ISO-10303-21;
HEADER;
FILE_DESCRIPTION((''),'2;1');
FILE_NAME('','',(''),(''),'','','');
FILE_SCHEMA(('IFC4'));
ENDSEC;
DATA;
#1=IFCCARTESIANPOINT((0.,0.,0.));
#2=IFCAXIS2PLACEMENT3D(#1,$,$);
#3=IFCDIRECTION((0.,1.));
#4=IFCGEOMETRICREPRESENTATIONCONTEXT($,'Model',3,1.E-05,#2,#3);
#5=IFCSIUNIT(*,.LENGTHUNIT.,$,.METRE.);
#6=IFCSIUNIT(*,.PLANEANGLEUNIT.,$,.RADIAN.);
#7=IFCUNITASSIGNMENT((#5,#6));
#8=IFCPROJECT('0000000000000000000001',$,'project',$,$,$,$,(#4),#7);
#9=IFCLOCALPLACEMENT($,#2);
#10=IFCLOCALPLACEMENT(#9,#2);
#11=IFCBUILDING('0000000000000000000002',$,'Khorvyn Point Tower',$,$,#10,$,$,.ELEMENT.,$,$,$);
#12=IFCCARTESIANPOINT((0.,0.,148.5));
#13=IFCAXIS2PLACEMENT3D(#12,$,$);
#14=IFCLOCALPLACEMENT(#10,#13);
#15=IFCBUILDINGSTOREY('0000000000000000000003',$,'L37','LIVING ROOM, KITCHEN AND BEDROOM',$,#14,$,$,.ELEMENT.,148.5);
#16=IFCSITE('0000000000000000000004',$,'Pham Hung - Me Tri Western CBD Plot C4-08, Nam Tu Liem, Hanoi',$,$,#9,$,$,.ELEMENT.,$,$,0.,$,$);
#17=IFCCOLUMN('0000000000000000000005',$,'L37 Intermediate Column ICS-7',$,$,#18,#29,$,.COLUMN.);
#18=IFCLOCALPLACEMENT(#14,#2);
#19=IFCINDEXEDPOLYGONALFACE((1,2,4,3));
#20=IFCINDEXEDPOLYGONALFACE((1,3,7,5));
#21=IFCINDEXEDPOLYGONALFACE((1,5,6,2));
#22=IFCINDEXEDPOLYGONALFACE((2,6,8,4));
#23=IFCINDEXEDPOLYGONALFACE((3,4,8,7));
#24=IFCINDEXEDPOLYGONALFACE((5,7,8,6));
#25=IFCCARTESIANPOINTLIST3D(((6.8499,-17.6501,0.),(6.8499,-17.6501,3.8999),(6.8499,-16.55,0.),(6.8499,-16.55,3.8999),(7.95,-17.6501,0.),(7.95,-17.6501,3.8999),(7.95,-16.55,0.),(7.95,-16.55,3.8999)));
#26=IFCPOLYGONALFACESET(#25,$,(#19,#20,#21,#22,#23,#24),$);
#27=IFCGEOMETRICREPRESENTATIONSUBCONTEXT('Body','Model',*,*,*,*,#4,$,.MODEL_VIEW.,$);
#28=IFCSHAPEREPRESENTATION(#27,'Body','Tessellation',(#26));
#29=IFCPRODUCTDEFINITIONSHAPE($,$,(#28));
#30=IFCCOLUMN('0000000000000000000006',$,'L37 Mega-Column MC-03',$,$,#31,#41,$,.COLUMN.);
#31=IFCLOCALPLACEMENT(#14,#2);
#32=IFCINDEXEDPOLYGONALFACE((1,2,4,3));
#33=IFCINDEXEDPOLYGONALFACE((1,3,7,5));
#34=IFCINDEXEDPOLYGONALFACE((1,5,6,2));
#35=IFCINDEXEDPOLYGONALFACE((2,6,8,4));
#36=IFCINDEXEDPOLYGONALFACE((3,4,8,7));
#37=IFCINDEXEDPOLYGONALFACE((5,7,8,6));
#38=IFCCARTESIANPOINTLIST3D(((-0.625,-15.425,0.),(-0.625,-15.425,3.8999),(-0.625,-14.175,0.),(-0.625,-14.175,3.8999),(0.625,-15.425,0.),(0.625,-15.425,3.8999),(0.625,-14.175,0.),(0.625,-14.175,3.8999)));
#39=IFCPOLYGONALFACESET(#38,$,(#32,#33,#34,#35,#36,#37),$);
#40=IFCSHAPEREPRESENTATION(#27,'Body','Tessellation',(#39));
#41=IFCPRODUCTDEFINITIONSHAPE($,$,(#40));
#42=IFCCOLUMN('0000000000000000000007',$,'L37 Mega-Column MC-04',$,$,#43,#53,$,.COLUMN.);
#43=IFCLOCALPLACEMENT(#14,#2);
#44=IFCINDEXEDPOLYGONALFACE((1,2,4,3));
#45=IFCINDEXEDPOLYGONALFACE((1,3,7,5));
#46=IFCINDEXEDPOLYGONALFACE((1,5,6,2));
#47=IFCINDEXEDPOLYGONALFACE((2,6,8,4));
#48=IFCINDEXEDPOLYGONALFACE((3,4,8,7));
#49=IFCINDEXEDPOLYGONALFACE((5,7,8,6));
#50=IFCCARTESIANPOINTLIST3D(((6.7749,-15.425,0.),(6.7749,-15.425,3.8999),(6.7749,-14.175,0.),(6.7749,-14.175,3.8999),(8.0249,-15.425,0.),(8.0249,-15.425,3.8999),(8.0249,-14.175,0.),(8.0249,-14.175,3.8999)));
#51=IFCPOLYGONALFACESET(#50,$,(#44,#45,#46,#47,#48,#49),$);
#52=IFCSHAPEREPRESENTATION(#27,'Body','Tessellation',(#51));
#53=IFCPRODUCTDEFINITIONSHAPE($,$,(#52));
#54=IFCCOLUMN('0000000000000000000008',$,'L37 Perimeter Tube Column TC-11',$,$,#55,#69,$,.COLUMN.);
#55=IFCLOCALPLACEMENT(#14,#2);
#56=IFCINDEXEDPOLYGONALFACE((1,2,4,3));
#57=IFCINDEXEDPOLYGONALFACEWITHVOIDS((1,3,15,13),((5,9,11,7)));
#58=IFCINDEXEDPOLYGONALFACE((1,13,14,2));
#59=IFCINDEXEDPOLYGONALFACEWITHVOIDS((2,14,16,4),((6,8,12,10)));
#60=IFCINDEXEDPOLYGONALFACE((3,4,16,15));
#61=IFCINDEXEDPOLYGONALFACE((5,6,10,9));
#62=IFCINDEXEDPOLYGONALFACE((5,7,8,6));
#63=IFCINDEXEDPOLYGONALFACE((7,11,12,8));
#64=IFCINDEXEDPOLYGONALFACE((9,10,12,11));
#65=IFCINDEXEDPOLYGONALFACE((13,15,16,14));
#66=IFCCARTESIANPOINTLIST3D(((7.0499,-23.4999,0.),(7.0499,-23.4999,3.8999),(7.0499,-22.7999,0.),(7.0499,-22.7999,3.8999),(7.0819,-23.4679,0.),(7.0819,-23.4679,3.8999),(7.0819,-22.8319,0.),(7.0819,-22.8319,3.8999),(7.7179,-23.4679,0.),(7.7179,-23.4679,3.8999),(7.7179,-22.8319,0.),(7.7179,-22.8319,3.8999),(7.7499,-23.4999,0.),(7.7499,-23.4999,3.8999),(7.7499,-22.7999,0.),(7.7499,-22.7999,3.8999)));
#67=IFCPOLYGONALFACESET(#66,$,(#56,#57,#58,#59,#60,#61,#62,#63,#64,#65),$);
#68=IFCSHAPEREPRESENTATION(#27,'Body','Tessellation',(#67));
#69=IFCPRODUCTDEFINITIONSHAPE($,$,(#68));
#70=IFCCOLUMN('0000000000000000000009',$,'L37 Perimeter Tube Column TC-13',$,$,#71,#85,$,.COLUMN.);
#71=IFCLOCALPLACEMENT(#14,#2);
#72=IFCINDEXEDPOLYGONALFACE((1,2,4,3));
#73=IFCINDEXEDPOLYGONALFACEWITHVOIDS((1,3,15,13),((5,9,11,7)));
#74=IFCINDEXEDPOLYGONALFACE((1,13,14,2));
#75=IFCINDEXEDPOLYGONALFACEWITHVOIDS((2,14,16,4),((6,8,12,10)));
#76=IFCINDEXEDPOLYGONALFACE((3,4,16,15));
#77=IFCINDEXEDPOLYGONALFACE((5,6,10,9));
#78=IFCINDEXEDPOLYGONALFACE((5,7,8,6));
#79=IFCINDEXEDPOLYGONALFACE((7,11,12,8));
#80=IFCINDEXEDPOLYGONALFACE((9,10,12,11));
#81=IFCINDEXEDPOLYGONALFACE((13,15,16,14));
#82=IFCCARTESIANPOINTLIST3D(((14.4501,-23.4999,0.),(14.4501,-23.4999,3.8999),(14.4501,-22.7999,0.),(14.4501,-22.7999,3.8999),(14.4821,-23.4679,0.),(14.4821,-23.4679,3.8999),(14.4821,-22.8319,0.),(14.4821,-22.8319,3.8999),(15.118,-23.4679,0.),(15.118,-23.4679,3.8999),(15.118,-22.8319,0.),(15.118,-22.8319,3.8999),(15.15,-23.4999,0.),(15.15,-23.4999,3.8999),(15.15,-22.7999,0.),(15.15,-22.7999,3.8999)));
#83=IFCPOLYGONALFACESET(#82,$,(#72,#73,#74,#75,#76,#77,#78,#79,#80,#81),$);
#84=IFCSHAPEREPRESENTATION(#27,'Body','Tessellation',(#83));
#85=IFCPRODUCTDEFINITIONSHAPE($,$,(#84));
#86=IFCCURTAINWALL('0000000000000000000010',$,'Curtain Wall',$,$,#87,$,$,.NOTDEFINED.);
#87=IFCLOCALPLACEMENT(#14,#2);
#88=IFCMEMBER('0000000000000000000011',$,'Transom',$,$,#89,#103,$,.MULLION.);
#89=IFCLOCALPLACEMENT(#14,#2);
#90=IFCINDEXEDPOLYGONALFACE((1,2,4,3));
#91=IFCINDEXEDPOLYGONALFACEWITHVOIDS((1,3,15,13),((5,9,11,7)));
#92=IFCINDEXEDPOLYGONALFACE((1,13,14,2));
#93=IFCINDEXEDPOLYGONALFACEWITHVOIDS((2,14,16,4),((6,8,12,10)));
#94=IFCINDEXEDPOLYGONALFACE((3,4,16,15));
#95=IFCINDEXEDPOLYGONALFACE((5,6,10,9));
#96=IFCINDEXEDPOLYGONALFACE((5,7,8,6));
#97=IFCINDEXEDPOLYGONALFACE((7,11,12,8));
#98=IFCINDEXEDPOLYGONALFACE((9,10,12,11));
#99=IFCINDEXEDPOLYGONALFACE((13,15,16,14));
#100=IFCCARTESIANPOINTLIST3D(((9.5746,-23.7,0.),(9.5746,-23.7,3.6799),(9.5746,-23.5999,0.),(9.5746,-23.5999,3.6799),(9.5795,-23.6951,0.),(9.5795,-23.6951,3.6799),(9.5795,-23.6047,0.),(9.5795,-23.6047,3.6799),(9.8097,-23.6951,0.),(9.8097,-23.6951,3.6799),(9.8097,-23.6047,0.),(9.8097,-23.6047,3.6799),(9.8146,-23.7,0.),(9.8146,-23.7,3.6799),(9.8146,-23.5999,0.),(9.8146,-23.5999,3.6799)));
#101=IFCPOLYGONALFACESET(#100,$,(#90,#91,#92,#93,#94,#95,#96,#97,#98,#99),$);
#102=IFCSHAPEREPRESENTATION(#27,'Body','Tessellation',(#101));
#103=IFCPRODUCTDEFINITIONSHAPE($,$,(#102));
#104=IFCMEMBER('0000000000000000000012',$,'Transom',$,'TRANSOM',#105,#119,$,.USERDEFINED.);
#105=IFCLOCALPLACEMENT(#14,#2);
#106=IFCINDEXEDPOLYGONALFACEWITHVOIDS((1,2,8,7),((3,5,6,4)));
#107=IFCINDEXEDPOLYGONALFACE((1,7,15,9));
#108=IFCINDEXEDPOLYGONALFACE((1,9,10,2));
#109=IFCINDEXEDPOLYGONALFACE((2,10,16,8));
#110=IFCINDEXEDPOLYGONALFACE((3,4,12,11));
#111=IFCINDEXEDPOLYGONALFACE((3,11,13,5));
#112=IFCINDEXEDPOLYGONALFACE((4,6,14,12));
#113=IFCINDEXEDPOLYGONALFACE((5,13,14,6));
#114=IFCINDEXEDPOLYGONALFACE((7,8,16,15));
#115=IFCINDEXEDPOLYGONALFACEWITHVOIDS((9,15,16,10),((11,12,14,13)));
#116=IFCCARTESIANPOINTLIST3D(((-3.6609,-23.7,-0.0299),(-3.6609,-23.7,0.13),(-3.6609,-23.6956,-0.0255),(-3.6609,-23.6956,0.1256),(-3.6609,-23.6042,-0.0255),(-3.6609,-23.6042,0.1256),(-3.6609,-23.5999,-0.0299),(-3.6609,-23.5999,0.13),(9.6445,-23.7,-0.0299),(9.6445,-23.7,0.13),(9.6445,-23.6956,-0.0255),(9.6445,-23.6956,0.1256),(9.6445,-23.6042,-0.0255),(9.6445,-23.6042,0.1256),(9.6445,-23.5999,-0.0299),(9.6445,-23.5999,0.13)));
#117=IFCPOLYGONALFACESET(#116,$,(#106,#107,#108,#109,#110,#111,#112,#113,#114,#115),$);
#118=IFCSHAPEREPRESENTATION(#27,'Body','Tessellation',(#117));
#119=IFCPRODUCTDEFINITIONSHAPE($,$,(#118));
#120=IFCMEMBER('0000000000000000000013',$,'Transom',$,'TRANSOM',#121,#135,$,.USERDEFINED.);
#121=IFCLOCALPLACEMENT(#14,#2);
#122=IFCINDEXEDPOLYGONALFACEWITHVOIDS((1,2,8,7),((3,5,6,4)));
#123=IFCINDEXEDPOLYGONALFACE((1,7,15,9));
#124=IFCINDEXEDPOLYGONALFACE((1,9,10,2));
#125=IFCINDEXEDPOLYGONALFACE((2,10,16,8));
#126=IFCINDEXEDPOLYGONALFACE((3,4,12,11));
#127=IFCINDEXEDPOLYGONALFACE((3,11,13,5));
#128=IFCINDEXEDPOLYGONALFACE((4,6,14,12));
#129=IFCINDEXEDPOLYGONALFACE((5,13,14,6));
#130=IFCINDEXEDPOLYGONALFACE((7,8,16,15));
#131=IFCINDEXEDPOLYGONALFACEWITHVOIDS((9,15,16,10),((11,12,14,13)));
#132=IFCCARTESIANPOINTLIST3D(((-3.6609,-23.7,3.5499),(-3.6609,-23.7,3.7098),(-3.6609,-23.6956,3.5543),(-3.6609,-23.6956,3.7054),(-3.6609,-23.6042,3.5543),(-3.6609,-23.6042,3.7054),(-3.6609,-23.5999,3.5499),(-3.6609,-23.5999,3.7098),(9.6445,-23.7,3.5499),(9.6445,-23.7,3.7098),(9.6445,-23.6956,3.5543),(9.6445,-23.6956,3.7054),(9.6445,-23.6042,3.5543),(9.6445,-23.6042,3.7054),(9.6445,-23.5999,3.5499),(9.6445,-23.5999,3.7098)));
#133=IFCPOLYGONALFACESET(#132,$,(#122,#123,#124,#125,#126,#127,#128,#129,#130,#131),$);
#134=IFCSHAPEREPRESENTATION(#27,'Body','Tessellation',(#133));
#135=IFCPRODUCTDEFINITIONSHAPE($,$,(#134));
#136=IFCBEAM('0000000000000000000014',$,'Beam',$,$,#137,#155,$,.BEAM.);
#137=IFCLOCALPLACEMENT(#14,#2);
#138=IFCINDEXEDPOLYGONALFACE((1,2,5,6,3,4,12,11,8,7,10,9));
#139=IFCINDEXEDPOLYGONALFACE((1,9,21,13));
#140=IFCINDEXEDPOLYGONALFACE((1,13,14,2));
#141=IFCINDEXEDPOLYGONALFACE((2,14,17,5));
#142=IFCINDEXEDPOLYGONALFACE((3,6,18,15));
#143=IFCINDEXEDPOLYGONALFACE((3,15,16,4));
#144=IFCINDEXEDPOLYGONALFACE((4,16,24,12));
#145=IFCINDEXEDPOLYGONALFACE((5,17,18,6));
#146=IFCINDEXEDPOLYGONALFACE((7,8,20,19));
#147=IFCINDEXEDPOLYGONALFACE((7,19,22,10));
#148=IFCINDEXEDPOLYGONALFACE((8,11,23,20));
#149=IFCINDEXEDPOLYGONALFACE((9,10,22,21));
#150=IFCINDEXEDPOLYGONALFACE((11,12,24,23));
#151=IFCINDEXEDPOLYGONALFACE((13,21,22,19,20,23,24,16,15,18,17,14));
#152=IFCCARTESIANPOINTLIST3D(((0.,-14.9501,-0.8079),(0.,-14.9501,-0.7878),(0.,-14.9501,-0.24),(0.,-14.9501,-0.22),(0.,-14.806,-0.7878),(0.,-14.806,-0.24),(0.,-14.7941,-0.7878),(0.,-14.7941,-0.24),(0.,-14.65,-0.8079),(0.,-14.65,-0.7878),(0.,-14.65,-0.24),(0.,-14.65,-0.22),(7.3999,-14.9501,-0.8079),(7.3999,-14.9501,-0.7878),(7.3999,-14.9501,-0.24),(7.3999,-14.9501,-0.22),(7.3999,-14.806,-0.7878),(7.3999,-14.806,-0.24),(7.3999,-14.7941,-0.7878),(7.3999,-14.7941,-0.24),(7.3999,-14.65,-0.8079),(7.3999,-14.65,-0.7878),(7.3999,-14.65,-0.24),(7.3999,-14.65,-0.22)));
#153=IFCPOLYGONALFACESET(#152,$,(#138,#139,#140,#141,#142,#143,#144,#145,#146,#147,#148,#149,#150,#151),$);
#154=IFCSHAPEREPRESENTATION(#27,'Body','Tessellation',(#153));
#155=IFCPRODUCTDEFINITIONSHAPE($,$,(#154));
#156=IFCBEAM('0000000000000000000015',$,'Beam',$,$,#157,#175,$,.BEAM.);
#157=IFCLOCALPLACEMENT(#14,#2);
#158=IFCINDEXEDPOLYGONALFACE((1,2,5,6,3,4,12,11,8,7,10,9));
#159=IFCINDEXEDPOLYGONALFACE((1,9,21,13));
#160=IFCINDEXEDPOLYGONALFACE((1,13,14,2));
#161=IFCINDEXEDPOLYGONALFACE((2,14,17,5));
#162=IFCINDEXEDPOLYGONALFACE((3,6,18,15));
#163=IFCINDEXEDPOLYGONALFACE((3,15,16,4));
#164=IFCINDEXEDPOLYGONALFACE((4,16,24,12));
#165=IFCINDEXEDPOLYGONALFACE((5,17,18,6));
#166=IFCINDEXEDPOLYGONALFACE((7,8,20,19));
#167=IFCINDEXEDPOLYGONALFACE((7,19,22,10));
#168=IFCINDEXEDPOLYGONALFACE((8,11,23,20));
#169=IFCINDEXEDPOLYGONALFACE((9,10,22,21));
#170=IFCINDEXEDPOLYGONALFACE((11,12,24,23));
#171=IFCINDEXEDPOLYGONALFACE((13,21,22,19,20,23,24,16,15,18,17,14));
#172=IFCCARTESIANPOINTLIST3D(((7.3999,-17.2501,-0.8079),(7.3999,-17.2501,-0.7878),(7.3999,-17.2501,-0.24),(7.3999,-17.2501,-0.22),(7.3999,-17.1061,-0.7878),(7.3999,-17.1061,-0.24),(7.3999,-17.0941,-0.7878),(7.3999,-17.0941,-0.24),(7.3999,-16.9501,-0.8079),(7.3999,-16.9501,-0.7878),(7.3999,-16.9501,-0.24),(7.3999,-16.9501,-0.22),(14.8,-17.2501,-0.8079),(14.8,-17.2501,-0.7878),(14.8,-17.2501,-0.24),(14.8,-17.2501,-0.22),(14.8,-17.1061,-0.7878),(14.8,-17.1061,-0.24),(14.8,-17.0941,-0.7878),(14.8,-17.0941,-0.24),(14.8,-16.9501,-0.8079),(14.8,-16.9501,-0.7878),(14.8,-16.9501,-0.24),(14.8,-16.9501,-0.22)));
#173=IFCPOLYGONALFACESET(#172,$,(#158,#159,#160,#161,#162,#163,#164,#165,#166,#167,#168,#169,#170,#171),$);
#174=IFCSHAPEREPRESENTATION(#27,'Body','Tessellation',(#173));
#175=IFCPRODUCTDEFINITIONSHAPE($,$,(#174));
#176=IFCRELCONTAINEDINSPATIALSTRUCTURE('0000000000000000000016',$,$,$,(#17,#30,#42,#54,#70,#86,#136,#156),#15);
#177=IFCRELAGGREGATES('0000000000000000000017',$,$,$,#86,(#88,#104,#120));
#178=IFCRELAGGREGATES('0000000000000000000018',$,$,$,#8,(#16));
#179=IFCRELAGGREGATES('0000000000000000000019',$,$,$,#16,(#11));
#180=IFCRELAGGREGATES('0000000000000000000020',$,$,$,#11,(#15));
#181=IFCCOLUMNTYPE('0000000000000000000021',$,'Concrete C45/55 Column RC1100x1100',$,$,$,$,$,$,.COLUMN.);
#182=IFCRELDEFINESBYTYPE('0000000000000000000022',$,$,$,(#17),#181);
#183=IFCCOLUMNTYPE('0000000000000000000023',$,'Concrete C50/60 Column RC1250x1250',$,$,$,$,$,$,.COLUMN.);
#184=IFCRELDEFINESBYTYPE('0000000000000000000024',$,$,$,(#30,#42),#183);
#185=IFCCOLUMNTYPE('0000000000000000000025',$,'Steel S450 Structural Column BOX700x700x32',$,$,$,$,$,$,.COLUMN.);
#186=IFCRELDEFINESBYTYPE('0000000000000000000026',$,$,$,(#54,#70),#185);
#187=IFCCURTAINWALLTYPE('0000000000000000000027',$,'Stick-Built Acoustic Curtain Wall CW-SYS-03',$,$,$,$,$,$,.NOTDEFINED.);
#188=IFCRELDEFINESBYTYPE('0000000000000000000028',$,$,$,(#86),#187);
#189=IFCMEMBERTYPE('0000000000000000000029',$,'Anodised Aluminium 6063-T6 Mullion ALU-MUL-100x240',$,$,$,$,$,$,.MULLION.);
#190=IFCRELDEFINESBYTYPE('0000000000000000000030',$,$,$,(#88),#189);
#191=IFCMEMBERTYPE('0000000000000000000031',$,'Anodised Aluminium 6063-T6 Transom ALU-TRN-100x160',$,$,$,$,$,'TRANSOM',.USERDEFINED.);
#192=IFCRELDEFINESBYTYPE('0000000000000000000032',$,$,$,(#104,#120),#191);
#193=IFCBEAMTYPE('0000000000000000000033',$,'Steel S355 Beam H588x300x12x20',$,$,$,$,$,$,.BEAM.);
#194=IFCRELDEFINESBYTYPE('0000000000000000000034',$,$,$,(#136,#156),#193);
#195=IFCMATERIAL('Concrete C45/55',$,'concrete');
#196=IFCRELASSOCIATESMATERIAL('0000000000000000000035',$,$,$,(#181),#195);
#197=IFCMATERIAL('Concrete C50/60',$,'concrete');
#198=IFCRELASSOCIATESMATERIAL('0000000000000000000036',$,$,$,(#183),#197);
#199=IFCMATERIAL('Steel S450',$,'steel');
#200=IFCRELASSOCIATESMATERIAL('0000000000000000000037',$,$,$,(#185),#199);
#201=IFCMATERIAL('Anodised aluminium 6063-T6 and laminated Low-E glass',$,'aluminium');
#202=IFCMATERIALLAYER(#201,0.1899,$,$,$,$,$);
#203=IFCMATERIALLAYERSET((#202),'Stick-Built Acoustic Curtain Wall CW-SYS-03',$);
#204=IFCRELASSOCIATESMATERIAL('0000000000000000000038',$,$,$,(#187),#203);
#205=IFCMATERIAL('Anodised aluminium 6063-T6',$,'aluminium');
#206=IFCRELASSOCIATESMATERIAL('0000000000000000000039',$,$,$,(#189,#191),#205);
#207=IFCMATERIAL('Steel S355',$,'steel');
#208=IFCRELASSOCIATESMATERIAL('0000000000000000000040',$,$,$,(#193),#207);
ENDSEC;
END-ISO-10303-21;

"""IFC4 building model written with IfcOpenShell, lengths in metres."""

from ifc_helpers import new_model, si_unit, direction, frame, origin, origin_2d, place, context, subcontext, project, spatial, rectangle, hollow_rectangle, i_section, extrude, material, layer, layer_set, material_profile, profile_set, type_object, element, aggregate, save


model = new_model("IFC4")

# Units and contexts
model_context = context("Model", 3, precision=1e-05, world=origin(), true_north=direction((0.0, 1.0)))
body_context = subcontext(model_context, "Body", "Model", "MODEL_VIEW")
ifc_project = project(units=[si_unit("LENGTHUNIT", "METRE"), si_unit("PLANEANGLEUNIT", "RADIAN")], contexts=[model_context])

# Site, building, storey
site_placement = place(None, origin())
site = spatial("IfcSite", under=ifc_project, at=site_placement, Name="Pham Hung - Me Tri Western CBD Plot C4-08, Nam Tu Liem, Hanoi", CompositionType="ELEMENT", RefElevation=0.0)
building_placement = place(site_placement, origin())
building = spatial("IfcBuilding", under=site, at=building_placement, Name="Khorvyn Point Tower", CompositionType="ELEMENT")
storey_placement = place(building_placement, frame((0.0, 0.0, 148.5)))
storey = spatial("IfcBuildingStorey", under=building, at=storey_placement, Name="L37", Description="LIVING ROOM, KITCHEN AND BEDROOM", CompositionType="ELEMENT", Elevation=148.5)

# Columns
ifc_material_1 = material(Name="Concrete C45/55", Category="concrete")
ifc_material_profile_1 = material_profile(ifc_material_1, rectangle(XDim=1.1001, YDim=1.1001, at=origin_2d()))
ifc_profile_set_1 = profile_set([ifc_material_profile_1], Name="Concrete C45/55 RC1100x1100")
column_type_1 = type_object("IfcColumnType", Name="Concrete C45/55 Column RC1100x1100", PredefinedType="COLUMN", material=ifc_profile_set_1)
column_placement = place(storey_placement, frame((7.3999, -17.1001, 0.0), z_axis=(0.0, 0.0, 1.0), x_axis=(1.0, 0.0, 0.0)))
element("IfcColumn", 1, at=column_placement, inside=storey, type_object=column_type_1, Name="L37 Intermediate Column ICS-7", PredefinedType="COLUMN", context=body_context, shape_type="SweptSolid", body=[
    extrude(rectangle(XDim=1.1001, YDim=1.1001, at=origin_2d()), origin(), (0.0, 0.0, 1.0), 3.8999),
])
ifc_material_2 = material(Name="Concrete C50/60", Category="concrete")
ifc_material_profile_2 = material_profile(ifc_material_2, rectangle(XDim=1.25, YDim=1.25, at=origin_2d()))
ifc_profile_set_2 = profile_set([ifc_material_profile_2], Name="Concrete C50/60 RC1250x1250")
column_type_2 = type_object("IfcColumnType", Name="Concrete C50/60 Column RC1250x1250", PredefinedType="COLUMN", material=ifc_profile_set_2)
for number, where, z_axis, x_axis, name in (
    (2, (0.0, -14.8, 0.0), (0.0, 0.0, 1.0), (1.0, 0.0, 0.0), "L37 Mega-Column MC-03"),
    (3, (7.3999, -14.8, 0.0), (0.0, 0.0, 1.0), (1.0, 0.0, 0.0), "L37 Mega-Column MC-04"),
):
    element("IfcColumn", number, at=place(storey_placement, frame(where, z_axis=z_axis, x_axis=x_axis)), inside=storey, type_object=column_type_2, Name=name, PredefinedType="COLUMN", context=body_context, shape_type="SweptSolid", body=[
        extrude(rectangle(XDim=1.25, YDim=1.25, at=origin_2d()), origin(), (0.0, 0.0, 1.0), 3.8999),
    ])
ifc_material_3 = material(Name="Steel S450", Category="steel")
ifc_material_profile_3 = material_profile(ifc_material_3, hollow_rectangle(XDim=0.7, YDim=0.7, WallThickness=0.032, at=origin_2d()))
ifc_profile_set_3 = profile_set([ifc_material_profile_3], Name="Steel S450 BOX700x700x32")
column_type_3 = type_object("IfcColumnType", Name="Steel S450 Structural Column BOX700x700x32", PredefinedType="COLUMN", material=ifc_profile_set_3)
for number, where, z_axis, x_axis, name in (
    (4, (7.3999, -23.1499, 0.0), (0.0, 0.0, 1.0), (1.0, 0.0, 0.0), "L37 Perimeter Tube Column TC-11"),
    (5, (14.8, -23.1499, 0.0), (0.0, 0.0, 1.0), (1.0, 0.0, 0.0), "L37 Perimeter Tube Column TC-13"),
):
    element("IfcColumn", number, at=place(storey_placement, frame(where, z_axis=z_axis, x_axis=x_axis)), inside=storey, type_object=column_type_3, Name=name, PredefinedType="COLUMN", context=body_context, shape_type="SweptSolid", body=[
        extrude(hollow_rectangle(XDim=0.7, YDim=0.7, WallThickness=0.032, at=origin_2d()), origin(), (0.0, 0.0, 1.0), 3.8999),
    ])

# Curtain wall, members
ifc_material_4 = material(Name="Anodised aluminium 6063-T6 and laminated Low-E glass", Category="aluminium")
ifc_layer_1 = layer(ifc_material_4, 0.1899)
ifc_layer_set_1 = layer_set([ifc_layer_1], Name="Stick-Built Acoustic Curtain Wall CW-SYS-03")
curtain_wall_type = type_object("IfcCurtainWallType", Name="Stick-Built Acoustic Curtain Wall CW-SYS-03", PredefinedType="NOTDEFINED", material=ifc_layer_set_1)
curtain_wall_placement = place(storey_placement, origin())
curtain_wall = element("IfcCurtainWall", 6, at=curtain_wall_placement, inside=storey, type_object=curtain_wall_type, Name="Curtain Wall", PredefinedType="NOTDEFINED")
ifc_material_5 = material(Name="Anodised aluminium 6063-T6", Category="aluminium")
ifc_material_profile_4 = material_profile(ifc_material_5, hollow_rectangle(XDim=0.1001, YDim=0.24, WallThickness=0.0049, at=origin_2d()))
ifc_profile_set_4 = profile_set([ifc_material_profile_4], Name="Anodised aluminium 6063-T6 ALU-MUL-100x240")
member_type_1 = type_object("IfcMemberType", Name="Anodised Aluminium 6063-T6 Mullion ALU-MUL-100x240", PredefinedType="MULLION", material=ifc_profile_set_4)
member_1_placement = place(storey_placement, frame((9.6946, -23.6499, 0.0), z_axis=(0.0, 0.0, 1.0), x_axis=(0.0, -1.0, 0.0)))
member_1 = element("IfcMember", 7, at=member_1_placement, type_object=member_type_1, Name="Transom", PredefinedType="MULLION", context=body_context, shape_type="SweptSolid", body=[
    extrude(hollow_rectangle(XDim=0.1001, YDim=0.24, WallThickness=0.0049, at=origin_2d()), origin(), (0.0, 0.0, 1.0), 3.6799),
])
ifc_material_profile_5 = material_profile(ifc_material_5, hollow_rectangle(XDim=0.1001, YDim=0.1599, WallThickness=0.0044, at=origin_2d()))
ifc_profile_set_5 = profile_set([ifc_material_profile_5], Name="Anodised aluminium 6063-T6 ALU-TRN-100x160")
member_type_2 = type_object("IfcMemberType", Name="Anodised Aluminium 6063-T6 Transom ALU-TRN-100x160", ElementType="TRANSOM", PredefinedType="USERDEFINED", material=ifc_profile_set_5)
member_2_placement = place(storey_placement, frame((9.6445, -23.6499, 0.05), z_axis=(-1.0, 0.0, 0.0), x_axis=(0.0, -1.0, 0.0)))
member_2 = element("IfcMember", 8, at=member_2_placement, type_object=member_type_2, Name="Transom", ObjectType="TRANSOM", PredefinedType="USERDEFINED", context=body_context, shape_type="SweptSolid", body=[
    extrude(hollow_rectangle(XDim=0.1001, YDim=0.1599, WallThickness=0.0044, at=origin_2d()), origin(), (0.0, 0.0, 1.0), 13.3054),
])
member_3_placement = place(storey_placement, frame((9.6445, -23.6499, 3.6299), z_axis=(-1.0, 0.0, 0.0), x_axis=(0.0, -1.0, 0.0)))
member_3 = element("IfcMember", 9, at=member_3_placement, type_object=member_type_2, Name="Transom", ObjectType="TRANSOM", PredefinedType="USERDEFINED", context=body_context, shape_type="SweptSolid", body=[
    extrude(hollow_rectangle(XDim=0.1001, YDim=0.1599, WallThickness=0.0044, at=origin_2d()), origin(), (0.0, 0.0, 1.0), 13.3054),
])

# Beams
ifc_material_6 = material(Name="Steel S355", Category="steel")
ifc_material_profile_6 = material_profile(ifc_material_6, i_section(OverallWidth=0.3, OverallDepth=0.5879, WebThickness=0.012, FlangeThickness=0.02, at=origin_2d()))
ifc_profile_set_6 = profile_set([ifc_material_profile_6], Name="Steel S355 H588x300x12x20")
beam_type_1 = type_object("IfcBeamType", Name="Steel S355 Beam H588x300x12x20", PredefinedType="BEAM", material=ifc_profile_set_6)
beam_1_placement = place(storey_placement, frame((0.0, -14.8, -0.5139), z_axis=(1.0, 0.0, 0.0), x_axis=(0.0, 1.0, 0.0)))
element("IfcBeam", 10, at=beam_1_placement, inside=storey, type_object=beam_type_1, Name="Beam", PredefinedType="BEAM", context=body_context, shape_type="SweptSolid", body=[
    extrude(i_section(OverallWidth=0.3, OverallDepth=0.5879, WebThickness=0.012, FlangeThickness=0.02, at=origin_2d()), origin(), (0.0, 0.0, 1.0), 7.3999),
])
beam_2_placement = place(storey_placement, frame((7.3999, -17.1001, -0.5139), z_axis=(1.0, 0.0, 0.0), x_axis=(0.0, 1.0, 0.0)))
element("IfcBeam", 11, at=beam_2_placement, inside=storey, type_object=beam_type_1, Name="Beam", PredefinedType="BEAM", context=body_context, shape_type="SweptSolid", body=[
    extrude(i_section(OverallWidth=0.3, OverallDepth=0.5879, WebThickness=0.012, FlangeThickness=0.02, at=origin_2d()), origin(), (0.0, 0.0, 1.0), 7.4001),
])

aggregate(curtain_wall, [member_1, member_2, member_3])

save(model, "model.ifc")
